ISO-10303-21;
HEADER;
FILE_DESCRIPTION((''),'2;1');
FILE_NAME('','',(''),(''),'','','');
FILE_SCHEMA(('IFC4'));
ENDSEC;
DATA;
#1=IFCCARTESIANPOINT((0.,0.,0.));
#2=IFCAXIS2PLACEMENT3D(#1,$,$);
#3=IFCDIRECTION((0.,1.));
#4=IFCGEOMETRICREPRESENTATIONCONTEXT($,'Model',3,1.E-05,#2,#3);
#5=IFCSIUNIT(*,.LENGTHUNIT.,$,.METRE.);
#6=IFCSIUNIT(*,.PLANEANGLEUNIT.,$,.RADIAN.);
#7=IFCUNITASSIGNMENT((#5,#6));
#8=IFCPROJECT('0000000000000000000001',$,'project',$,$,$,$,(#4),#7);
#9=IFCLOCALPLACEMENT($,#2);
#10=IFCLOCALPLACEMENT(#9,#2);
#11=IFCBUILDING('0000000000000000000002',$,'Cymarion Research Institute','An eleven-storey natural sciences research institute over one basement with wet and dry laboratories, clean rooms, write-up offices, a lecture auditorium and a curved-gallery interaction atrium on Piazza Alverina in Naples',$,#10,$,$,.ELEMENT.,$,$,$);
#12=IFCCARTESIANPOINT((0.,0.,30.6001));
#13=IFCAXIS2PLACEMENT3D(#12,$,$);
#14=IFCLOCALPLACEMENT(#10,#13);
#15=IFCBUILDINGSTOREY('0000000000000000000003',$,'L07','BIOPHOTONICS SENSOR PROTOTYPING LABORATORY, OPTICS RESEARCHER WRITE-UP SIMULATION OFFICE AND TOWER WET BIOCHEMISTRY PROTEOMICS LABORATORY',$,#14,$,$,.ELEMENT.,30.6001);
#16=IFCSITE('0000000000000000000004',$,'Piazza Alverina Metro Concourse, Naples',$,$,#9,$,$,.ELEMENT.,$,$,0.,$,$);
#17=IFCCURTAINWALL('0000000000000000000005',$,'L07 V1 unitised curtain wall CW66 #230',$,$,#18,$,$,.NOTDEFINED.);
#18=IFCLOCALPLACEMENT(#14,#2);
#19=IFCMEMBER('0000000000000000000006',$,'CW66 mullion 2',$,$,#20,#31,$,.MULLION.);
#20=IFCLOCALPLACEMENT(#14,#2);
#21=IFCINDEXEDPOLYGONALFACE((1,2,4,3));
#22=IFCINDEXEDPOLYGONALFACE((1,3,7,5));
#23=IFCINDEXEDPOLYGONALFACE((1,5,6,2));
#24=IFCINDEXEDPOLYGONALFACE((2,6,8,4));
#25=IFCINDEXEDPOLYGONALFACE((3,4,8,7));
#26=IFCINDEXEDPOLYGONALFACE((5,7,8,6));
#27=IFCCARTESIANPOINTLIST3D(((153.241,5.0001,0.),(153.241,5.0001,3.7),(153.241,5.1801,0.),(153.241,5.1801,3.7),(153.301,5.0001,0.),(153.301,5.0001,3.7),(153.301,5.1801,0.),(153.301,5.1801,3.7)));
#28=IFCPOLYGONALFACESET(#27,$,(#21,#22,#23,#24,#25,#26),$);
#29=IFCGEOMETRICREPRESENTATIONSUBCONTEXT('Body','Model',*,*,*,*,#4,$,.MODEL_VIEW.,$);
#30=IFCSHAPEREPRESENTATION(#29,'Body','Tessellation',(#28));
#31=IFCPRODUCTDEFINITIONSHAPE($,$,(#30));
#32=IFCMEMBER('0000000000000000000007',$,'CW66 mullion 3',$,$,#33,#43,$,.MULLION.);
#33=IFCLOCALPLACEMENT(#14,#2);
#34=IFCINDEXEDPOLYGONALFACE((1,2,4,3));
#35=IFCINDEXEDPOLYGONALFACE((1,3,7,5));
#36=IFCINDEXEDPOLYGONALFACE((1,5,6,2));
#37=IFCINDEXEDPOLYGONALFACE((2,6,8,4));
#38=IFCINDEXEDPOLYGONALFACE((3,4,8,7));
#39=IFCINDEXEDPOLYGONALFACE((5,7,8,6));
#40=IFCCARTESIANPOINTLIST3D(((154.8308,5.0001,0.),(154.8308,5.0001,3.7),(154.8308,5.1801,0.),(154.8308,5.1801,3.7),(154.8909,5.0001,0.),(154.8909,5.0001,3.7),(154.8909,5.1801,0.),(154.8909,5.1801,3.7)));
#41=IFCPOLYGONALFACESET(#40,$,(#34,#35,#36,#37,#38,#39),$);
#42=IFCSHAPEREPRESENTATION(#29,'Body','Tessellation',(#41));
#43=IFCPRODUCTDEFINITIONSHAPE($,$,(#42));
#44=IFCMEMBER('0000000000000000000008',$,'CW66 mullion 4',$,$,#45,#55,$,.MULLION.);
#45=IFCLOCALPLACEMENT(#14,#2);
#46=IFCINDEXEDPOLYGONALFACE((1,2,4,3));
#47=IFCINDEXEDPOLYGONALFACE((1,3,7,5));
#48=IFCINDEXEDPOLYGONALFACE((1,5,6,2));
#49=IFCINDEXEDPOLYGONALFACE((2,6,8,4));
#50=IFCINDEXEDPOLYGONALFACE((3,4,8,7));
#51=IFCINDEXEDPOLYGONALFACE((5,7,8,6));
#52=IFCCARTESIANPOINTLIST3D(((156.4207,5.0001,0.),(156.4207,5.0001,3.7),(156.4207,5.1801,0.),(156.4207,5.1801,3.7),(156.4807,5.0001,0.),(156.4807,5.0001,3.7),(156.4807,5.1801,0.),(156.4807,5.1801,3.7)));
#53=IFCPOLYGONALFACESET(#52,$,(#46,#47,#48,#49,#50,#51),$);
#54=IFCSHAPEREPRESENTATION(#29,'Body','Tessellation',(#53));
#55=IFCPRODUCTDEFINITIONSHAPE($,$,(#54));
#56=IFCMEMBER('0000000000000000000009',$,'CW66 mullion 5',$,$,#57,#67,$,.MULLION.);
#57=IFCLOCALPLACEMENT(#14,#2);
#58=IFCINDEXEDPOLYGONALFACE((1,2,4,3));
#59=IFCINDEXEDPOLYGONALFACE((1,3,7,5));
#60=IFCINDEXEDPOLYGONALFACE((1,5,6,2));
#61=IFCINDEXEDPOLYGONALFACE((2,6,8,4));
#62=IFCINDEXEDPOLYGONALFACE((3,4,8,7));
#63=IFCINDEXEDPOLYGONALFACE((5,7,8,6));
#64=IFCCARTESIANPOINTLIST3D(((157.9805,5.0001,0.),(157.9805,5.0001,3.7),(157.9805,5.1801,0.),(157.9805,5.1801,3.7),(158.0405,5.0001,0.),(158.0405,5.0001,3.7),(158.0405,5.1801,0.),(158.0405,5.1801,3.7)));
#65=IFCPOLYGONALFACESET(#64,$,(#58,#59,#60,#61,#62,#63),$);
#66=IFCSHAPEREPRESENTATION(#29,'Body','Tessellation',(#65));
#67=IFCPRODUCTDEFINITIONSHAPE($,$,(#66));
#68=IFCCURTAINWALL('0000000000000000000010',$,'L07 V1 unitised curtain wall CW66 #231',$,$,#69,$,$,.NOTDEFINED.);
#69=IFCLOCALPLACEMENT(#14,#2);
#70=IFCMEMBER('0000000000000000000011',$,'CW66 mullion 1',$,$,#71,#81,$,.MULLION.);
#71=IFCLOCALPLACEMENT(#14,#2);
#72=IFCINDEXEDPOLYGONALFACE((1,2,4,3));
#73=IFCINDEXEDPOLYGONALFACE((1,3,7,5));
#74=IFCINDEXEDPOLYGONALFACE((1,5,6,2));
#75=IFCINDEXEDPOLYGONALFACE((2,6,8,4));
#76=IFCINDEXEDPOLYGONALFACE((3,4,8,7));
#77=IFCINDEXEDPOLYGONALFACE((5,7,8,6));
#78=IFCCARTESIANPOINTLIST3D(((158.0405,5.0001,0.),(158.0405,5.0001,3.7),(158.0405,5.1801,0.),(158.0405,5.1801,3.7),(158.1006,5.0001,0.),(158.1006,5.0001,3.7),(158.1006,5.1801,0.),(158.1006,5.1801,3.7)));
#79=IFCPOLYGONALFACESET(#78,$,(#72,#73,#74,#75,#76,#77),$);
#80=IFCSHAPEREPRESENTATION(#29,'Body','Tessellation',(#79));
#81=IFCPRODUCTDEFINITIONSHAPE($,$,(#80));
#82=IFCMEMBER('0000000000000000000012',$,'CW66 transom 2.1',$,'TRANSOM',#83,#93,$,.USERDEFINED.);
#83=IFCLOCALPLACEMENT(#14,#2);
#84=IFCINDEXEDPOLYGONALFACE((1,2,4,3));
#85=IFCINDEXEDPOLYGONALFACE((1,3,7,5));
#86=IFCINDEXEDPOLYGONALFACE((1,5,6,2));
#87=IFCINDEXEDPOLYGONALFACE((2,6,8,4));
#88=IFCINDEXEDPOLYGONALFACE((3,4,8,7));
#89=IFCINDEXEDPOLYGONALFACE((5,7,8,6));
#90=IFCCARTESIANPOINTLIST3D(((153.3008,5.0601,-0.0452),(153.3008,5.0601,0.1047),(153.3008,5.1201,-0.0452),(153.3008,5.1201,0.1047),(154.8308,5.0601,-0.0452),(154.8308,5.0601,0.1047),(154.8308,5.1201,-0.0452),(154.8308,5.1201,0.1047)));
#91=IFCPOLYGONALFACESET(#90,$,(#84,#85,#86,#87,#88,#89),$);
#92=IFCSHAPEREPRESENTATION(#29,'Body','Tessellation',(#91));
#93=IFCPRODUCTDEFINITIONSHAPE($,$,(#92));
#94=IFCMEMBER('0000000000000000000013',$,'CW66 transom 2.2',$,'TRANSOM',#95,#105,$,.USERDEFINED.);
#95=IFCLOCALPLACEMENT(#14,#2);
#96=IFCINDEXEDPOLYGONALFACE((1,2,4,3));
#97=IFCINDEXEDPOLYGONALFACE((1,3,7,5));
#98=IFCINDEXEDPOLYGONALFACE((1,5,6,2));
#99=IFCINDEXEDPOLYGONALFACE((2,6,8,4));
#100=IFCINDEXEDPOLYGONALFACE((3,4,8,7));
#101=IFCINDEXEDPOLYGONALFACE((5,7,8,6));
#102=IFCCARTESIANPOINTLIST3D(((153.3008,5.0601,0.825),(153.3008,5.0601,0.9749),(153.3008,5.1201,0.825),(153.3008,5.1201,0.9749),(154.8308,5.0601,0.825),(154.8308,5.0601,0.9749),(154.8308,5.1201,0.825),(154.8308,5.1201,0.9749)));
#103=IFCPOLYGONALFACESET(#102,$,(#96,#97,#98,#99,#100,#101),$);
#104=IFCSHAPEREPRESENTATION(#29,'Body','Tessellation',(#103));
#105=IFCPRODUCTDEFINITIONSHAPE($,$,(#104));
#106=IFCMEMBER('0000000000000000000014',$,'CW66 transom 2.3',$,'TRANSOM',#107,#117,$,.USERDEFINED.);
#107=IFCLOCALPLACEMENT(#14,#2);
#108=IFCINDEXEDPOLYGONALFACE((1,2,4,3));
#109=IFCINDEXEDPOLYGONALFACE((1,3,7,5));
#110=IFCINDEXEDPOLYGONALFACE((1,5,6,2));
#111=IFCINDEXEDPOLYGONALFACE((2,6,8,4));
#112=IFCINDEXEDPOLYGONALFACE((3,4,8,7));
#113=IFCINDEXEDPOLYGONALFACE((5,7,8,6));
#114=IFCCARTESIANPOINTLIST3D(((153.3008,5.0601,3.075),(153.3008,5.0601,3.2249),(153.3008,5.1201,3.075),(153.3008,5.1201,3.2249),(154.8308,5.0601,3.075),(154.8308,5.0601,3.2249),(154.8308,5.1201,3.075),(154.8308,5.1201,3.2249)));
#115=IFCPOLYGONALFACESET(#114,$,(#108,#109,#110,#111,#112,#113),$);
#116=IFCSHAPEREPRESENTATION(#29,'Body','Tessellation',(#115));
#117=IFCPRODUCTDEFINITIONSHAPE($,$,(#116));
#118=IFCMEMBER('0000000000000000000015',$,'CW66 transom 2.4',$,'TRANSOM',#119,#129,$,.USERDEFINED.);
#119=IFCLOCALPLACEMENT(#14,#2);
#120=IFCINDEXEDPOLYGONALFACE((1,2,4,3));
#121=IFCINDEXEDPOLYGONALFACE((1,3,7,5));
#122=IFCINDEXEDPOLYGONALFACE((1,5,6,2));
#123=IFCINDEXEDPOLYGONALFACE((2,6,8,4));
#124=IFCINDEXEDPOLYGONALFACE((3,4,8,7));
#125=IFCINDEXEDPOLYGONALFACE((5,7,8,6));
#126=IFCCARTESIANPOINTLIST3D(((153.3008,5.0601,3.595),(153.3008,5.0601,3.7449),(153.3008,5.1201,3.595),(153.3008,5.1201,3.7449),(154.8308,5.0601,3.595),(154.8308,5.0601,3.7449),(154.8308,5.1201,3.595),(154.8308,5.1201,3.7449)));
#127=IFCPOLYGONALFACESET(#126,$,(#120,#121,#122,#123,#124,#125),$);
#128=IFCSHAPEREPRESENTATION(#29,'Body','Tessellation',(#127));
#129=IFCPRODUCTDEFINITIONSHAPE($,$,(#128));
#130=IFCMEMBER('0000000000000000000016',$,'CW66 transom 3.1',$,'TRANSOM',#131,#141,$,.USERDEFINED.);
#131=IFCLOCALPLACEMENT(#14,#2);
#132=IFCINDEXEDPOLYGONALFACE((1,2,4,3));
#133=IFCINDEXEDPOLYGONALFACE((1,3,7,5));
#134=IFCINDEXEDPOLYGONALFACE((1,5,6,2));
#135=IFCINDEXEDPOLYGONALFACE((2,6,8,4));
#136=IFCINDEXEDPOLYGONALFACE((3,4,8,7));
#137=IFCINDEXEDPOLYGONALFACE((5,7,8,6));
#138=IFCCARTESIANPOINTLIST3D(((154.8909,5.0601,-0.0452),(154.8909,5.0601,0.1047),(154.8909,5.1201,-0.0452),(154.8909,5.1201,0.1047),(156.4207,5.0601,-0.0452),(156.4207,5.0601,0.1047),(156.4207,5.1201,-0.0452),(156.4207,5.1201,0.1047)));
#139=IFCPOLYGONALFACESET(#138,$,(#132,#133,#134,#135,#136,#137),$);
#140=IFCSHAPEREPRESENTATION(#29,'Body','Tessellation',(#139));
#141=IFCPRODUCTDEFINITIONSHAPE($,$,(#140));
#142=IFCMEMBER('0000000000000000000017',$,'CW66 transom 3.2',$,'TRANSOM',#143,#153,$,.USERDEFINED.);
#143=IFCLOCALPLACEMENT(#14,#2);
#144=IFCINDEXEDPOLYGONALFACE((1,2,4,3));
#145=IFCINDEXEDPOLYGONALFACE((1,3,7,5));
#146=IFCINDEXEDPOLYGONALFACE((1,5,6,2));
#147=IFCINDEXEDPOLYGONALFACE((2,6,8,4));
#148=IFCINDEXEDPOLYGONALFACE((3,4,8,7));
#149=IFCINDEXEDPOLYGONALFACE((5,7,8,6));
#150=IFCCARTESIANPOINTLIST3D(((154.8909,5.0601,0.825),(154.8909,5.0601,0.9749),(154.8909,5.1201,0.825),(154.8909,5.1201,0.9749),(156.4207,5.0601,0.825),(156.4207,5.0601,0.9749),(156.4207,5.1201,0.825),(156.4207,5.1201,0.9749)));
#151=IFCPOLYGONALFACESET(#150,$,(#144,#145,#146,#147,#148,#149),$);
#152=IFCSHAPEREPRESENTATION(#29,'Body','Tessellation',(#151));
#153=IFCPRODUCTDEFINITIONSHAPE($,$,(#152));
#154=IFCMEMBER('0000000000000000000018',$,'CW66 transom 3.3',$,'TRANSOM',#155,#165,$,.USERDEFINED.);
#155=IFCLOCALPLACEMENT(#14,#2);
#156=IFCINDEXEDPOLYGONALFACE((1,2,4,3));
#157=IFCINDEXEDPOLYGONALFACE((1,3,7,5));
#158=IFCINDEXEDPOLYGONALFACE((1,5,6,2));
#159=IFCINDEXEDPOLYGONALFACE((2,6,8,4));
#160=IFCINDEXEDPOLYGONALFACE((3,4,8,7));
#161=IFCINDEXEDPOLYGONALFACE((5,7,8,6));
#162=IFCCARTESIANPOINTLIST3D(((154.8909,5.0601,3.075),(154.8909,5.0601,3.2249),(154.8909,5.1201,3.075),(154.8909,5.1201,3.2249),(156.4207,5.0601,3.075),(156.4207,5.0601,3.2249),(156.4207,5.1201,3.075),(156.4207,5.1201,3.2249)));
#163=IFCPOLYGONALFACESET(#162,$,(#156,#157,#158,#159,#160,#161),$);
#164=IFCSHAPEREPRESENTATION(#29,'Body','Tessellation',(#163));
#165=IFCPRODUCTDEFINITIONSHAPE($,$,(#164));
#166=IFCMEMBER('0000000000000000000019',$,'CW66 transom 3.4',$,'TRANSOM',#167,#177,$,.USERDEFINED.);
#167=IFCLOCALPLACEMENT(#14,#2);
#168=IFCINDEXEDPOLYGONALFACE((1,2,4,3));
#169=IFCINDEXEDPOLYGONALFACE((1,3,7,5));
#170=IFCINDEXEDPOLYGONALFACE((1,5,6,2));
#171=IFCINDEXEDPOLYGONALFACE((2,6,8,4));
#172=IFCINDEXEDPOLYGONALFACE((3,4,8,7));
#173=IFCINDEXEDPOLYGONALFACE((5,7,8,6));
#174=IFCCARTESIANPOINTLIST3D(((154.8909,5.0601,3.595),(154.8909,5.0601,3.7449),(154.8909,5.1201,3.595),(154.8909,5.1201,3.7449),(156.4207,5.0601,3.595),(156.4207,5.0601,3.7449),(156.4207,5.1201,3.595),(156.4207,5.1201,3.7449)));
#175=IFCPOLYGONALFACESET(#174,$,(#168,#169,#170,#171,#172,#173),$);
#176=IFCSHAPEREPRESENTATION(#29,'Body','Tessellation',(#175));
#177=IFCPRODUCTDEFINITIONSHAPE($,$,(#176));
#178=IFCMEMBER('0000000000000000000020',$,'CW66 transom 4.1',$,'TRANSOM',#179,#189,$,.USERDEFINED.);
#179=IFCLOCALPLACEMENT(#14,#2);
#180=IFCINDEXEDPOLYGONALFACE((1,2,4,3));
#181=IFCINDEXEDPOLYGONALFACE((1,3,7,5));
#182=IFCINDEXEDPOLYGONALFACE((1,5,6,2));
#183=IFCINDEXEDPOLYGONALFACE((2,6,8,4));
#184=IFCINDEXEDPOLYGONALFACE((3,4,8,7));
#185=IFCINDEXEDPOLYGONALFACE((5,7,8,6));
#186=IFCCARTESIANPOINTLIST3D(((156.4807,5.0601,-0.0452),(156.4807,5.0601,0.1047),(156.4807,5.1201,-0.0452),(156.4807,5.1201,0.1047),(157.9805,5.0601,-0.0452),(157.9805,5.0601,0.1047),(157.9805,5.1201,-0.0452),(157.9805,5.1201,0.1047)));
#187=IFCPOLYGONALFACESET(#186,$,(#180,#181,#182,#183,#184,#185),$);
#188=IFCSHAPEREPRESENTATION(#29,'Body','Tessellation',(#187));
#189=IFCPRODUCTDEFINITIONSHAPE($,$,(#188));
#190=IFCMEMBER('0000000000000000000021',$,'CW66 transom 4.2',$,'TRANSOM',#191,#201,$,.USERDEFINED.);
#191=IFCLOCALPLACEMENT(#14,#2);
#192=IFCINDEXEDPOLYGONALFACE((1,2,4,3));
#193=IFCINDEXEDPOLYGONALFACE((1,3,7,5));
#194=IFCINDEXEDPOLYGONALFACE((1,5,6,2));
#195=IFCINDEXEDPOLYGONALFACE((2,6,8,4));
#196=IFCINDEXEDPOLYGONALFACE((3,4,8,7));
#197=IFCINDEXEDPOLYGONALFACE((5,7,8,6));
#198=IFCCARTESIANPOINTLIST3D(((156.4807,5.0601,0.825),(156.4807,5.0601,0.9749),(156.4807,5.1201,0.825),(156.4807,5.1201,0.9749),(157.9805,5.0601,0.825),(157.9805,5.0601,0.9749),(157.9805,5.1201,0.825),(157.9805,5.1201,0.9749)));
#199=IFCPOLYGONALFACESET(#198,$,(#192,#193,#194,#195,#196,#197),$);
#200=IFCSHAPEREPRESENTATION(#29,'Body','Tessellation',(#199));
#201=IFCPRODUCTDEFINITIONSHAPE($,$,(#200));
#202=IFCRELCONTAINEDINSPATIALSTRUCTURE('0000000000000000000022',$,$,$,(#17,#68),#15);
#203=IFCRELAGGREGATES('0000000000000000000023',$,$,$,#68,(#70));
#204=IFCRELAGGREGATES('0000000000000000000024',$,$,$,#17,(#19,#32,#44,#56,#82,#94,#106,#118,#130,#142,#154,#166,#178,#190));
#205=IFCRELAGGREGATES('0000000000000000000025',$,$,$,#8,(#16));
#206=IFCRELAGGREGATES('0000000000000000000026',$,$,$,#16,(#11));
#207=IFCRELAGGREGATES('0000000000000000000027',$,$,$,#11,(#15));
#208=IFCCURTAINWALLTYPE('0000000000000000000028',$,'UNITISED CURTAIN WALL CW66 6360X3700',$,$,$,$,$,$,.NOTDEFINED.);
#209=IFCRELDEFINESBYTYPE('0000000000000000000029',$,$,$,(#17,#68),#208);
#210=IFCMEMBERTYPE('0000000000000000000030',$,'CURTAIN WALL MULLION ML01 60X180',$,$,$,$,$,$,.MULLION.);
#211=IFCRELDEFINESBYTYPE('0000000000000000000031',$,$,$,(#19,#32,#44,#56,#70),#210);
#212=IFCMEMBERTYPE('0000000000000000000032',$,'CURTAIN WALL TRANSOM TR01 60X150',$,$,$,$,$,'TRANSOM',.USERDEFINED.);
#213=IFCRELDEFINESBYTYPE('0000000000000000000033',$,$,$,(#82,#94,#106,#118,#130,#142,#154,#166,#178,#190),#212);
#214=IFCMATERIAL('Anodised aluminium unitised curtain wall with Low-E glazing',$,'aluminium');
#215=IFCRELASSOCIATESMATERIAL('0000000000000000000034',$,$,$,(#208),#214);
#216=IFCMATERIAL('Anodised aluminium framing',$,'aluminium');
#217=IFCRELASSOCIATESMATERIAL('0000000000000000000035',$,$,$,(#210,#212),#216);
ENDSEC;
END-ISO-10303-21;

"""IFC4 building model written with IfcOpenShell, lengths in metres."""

from ifc_helpers import new_model, si_unit, direction, frame, origin, origin_2d, place, context, subcontext, project, spatial, rectangle, extrude, material, material_profile, profile_set, type_object, element, aggregate, save


model = new_model("IFC4")

# Units and contexts
model_context = context("Model", 3, precision=1e-05, world=origin(), true_north=direction((0.0, 1.0)))
body_context = subcontext(model_context, "Body", "Model", "MODEL_VIEW")
ifc_project = project(units=[si_unit("LENGTHUNIT", "METRE"), si_unit("PLANEANGLEUNIT", "RADIAN")], contexts=[model_context])

# Site, building, storey
site_placement = place(None, origin())
site = spatial("IfcSite", under=ifc_project, at=site_placement, Name="Piazza Alverina Metro Concourse, Naples", CompositionType="ELEMENT", RefElevation=0.0)
building_placement = place(site_placement, origin())
building = spatial("IfcBuilding", under=site, at=building_placement, Name="Cymarion Research Institute", Description="An eleven-storey natural sciences research institute over one basement with wet and dry laboratories, clean rooms, write-up offices, a lecture auditorium and a curved-gallery interaction atrium on Piazza Alverina in Naples", CompositionType="ELEMENT")
storey_placement = place(building_placement, frame((0.0, 0.0, 30.6001)))
storey = spatial("IfcBuildingStorey", under=building, at=storey_placement, Name="L07", Description="BIOPHOTONICS SENSOR PROTOTYPING LABORATORY, OPTICS RESEARCHER WRITE-UP SIMULATION OFFICE AND TOWER WET BIOCHEMISTRY PROTEOMICS LABORATORY", CompositionType="ELEMENT", Elevation=30.6001)

# Curtain wall, members
ifc_material_1 = material(Name="Anodised aluminium unitised curtain wall with Low-E glazing", Category="aluminium")
curtain_wall_type = type_object("IfcCurtainWallType", Name="UNITISED CURTAIN WALL CW66 6360X3700", PredefinedType="NOTDEFINED", material=ifc_material_1)
curtain_wall_1_placement = place(storey_placement, origin())
curtain_wall_1 = element("IfcCurtainWall", 1, at=curtain_wall_1_placement, inside=storey, type_object=curtain_wall_type, Name="L07 V1 unitised curtain wall CW66 #230", PredefinedType="NOTDEFINED")
ifc_material_2 = material(Name="Anodised aluminium framing", Category="aluminium")
ifc_material_profile_1 = material_profile(ifc_material_2, rectangle(XDim=0.0601, YDim=0.1799, at=origin_2d()), Name="ALU MULLION 60x180")
ifc_profile_set_1 = profile_set([ifc_material_profile_1], Name="Anodised aluminium framing")
member_type_1 = type_object("IfcMemberType", Name="CURTAIN WALL MULLION ML01 60X180", PredefinedType="MULLION", material=ifc_profile_set_1)
member_1_placement = place(storey_placement, frame((153.271, 5.0901, 0.0), z_axis=(0.0, 0.0, 1.0), x_axis=(1.0, 0.0, 0.0)))
member_1 = element("IfcMember", 2, at=member_1_placement, type_object=member_type_1, Name="CW66 mullion 2", PredefinedType="MULLION", context=body_context, shape_type="SweptSolid", body=[
    extrude(rectangle(XDim=0.0601, YDim=0.1799, at=origin_2d()), origin(), (0.0, 0.0, 1.0), 3.7),
])
member_2_placement = place(storey_placement, frame((154.8608, 5.0901, 0.0), z_axis=(0.0, 0.0, 1.0), x_axis=(1.0, 0.0, 0.0)))
member_2 = element("IfcMember", 3, at=member_2_placement, type_object=member_type_1, Name="CW66 mullion 3", PredefinedType="MULLION", context=body_context, shape_type="SweptSolid", body=[
    extrude(rectangle(XDim=0.0601, YDim=0.1799, at=origin_2d()), origin(), (0.0, 0.0, 1.0), 3.7),
])
member_3_placement = place(storey_placement, frame((156.4507, 5.0901, 0.0), z_axis=(0.0, 0.0, 1.0), x_axis=(1.0, 0.0, 0.0)))
member_3 = element("IfcMember", 4, at=member_3_placement, type_object=member_type_1, Name="CW66 mullion 4", PredefinedType="MULLION", context=body_context, shape_type="SweptSolid", body=[
    extrude(rectangle(XDim=0.0601, YDim=0.1799, at=origin_2d()), origin(), (0.0, 0.0, 1.0), 3.7),
])
member_4_placement = place(storey_placement, frame((158.0105, 5.0901, 0.0), z_axis=(0.0, 0.0, 1.0), x_axis=(1.0, 0.0, 0.0)))
member_4 = element("IfcMember", 5, at=member_4_placement, type_object=member_type_1, Name="CW66 mullion 5", PredefinedType="MULLION", context=body_context, shape_type="SweptSolid", body=[
    extrude(rectangle(XDim=0.0601, YDim=0.1799, at=origin_2d()), origin(), (0.0, 0.0, 1.0), 3.7),
])

# Curtain wall, member
curtain_wall_2_placement = place(storey_placement, origin())
curtain_wall_2 = element("IfcCurtainWall", 6, at=curtain_wall_2_placement, inside=storey, type_object=curtain_wall_type, Name="L07 V1 unitised curtain wall CW66 #231", PredefinedType="NOTDEFINED")
member_5_placement = place(storey_placement, frame((158.0706, 5.0901, 0.0), z_axis=(0.0, 0.0, 1.0), x_axis=(1.0, 0.0, 0.0)))
member_5 = element("IfcMember", 7, at=member_5_placement, type_object=member_type_1, Name="CW66 mullion 1", PredefinedType="MULLION", context=body_context, shape_type="SweptSolid", body=[
    extrude(rectangle(XDim=0.0601, YDim=0.1799, at=origin_2d()), origin(), (0.0, 0.0, 1.0), 3.7),
])

# Members
ifc_material_profile_2 = material_profile(ifc_material_2, rectangle(XDim=0.0601, YDim=0.1499, at=origin_2d()), Name="ALU TRANSOM 60x150")
ifc_profile_set_2 = profile_set([ifc_material_profile_2], Name="Anodised aluminium framing")
member_type_2 = type_object("IfcMemberType", Name="CURTAIN WALL TRANSOM TR01 60X150", ElementType="TRANSOM", PredefinedType="USERDEFINED", material=ifc_profile_set_2)
member_6_placement = place(storey_placement, frame((153.3008, 5.0901, 0.0298), z_axis=(1.0, 0.0, 0.0), x_axis=(0.0, 1.0, 0.0)))
member_6 = element("IfcMember", 8, at=member_6_placement, type_object=member_type_2, Name="CW66 transom 2.1", ObjectType="TRANSOM", PredefinedType="USERDEFINED", context=body_context, shape_type="SweptSolid", body=[
    extrude(rectangle(XDim=0.0601, YDim=0.1499, at=origin_2d()), origin(), (0.0, 0.0, 1.0), 1.53),
])
member_7_placement = place(storey_placement, frame((153.3008, 5.0901, 0.8999), z_axis=(1.0, 0.0, 0.0), x_axis=(0.0, 1.0, 0.0)))
member_7 = element("IfcMember", 9, at=member_7_placement, type_object=member_type_2, Name="CW66 transom 2.2", ObjectType="TRANSOM", PredefinedType="USERDEFINED", context=body_context, shape_type="SweptSolid", body=[
    extrude(rectangle(XDim=0.0601, YDim=0.1499, at=origin_2d()), origin(), (0.0, 0.0, 1.0), 1.53),
])
member_8_placement = place(storey_placement, frame((153.3008, 5.0901, 3.1499), z_axis=(1.0, 0.0, 0.0), x_axis=(0.0, 1.0, 0.0)))
member_8 = element("IfcMember", 10, at=member_8_placement, type_object=member_type_2, Name="CW66 transom 2.3", ObjectType="TRANSOM", PredefinedType="USERDEFINED", context=body_context, shape_type="SweptSolid", body=[
    extrude(rectangle(XDim=0.0601, YDim=0.1499, at=origin_2d()), origin(), (0.0, 0.0, 1.0), 1.53),
])
member_9_placement = place(storey_placement, frame((153.3008, 5.0901, 3.6699), z_axis=(1.0, 0.0, 0.0), x_axis=(0.0, 1.0, 0.0)))
member_9 = element("IfcMember", 11, at=member_9_placement, type_object=member_type_2, Name="CW66 transom 2.4", ObjectType="TRANSOM", PredefinedType="USERDEFINED", context=body_context, shape_type="SweptSolid", body=[
    extrude(rectangle(XDim=0.0601, YDim=0.1499, at=origin_2d()), origin(), (0.0, 0.0, 1.0), 1.53),
])
member_10_placement = place(storey_placement, frame((154.8909, 5.0901, 0.0298), z_axis=(1.0, 0.0, 0.0), x_axis=(0.0, 1.0, 0.0)))
member_10 = element("IfcMember", 12, at=member_10_placement, type_object=member_type_2, Name="CW66 transom 3.1", ObjectType="TRANSOM", PredefinedType="USERDEFINED", context=body_context, shape_type="SweptSolid", body=[
    extrude(rectangle(XDim=0.0601, YDim=0.1499, at=origin_2d()), origin(), (0.0, 0.0, 1.0), 1.5298),
])
member_11_placement = place(storey_placement, frame((154.8909, 5.0901, 0.8999), z_axis=(1.0, 0.0, 0.0), x_axis=(0.0, 1.0, 0.0)))
member_11 = element("IfcMember", 13, at=member_11_placement, type_object=member_type_2, Name="CW66 transom 3.2", ObjectType="TRANSOM", PredefinedType="USERDEFINED", context=body_context, shape_type="SweptSolid", body=[
    extrude(rectangle(XDim=0.0601, YDim=0.1499, at=origin_2d()), origin(), (0.0, 0.0, 1.0), 1.5298),
])
member_12_placement = place(storey_placement, frame((154.8909, 5.0901, 3.1499), z_axis=(1.0, 0.0, 0.0), x_axis=(0.0, 1.0, 0.0)))
member_12 = element("IfcMember", 14, at=member_12_placement, type_object=member_type_2, Name="CW66 transom 3.3", ObjectType="TRANSOM", PredefinedType="USERDEFINED", context=body_context, shape_type="SweptSolid", body=[
    extrude(rectangle(XDim=0.0601, YDim=0.1499, at=origin_2d()), origin(), (0.0, 0.0, 1.0), 1.5298),
])
member_13_placement = place(storey_placement, frame((154.8909, 5.0901, 3.6699), z_axis=(1.0, 0.0, 0.0), x_axis=(0.0, 1.0, 0.0)))
member_13 = element("IfcMember", 15, at=member_13_placement, type_object=member_type_2, Name="CW66 transom 3.4", ObjectType="TRANSOM", PredefinedType="USERDEFINED", context=body_context, shape_type="SweptSolid", body=[
    extrude(rectangle(XDim=0.0601, YDim=0.1499, at=origin_2d()), origin(), (0.0, 0.0, 1.0), 1.5298),
])
member_14_placement = place(storey_placement, frame((156.4807, 5.0901, 0.0298), z_axis=(1.0, 0.0, 0.0), x_axis=(0.0, 1.0, 0.0)))
member_14 = element("IfcMember", 16, at=member_14_placement, type_object=member_type_2, Name="CW66 transom 4.1", ObjectType="TRANSOM", PredefinedType="USERDEFINED", context=body_context, shape_type="SweptSolid", body=[
    extrude(rectangle(XDim=0.0601, YDim=0.1499, at=origin_2d()), origin(), (0.0, 0.0, 1.0), 1.4998),
])
member_15_placement = place(storey_placement, frame((156.4807, 5.0901, 0.8999), z_axis=(1.0, 0.0, 0.0), x_axis=(0.0, 1.0, 0.0)))
member_15 = element("IfcMember", 17, at=member_15_placement, type_object=member_type_2, Name="CW66 transom 4.2", ObjectType="TRANSOM", PredefinedType="USERDEFINED", context=body_context, shape_type="SweptSolid", body=[
    extrude(rectangle(XDim=0.0601, YDim=0.1499, at=origin_2d()), origin(), (0.0, 0.0, 1.0), 1.4998),
])
aggregate(curtain_wall_2, [member_5])

aggregate(curtain_wall_1, [member_1, member_2, member_3, member_4, member_6, member_7, member_8, member_9, member_10, member_11, member_12, member_13, member_14, member_15])

save(model, "model.ifc")
